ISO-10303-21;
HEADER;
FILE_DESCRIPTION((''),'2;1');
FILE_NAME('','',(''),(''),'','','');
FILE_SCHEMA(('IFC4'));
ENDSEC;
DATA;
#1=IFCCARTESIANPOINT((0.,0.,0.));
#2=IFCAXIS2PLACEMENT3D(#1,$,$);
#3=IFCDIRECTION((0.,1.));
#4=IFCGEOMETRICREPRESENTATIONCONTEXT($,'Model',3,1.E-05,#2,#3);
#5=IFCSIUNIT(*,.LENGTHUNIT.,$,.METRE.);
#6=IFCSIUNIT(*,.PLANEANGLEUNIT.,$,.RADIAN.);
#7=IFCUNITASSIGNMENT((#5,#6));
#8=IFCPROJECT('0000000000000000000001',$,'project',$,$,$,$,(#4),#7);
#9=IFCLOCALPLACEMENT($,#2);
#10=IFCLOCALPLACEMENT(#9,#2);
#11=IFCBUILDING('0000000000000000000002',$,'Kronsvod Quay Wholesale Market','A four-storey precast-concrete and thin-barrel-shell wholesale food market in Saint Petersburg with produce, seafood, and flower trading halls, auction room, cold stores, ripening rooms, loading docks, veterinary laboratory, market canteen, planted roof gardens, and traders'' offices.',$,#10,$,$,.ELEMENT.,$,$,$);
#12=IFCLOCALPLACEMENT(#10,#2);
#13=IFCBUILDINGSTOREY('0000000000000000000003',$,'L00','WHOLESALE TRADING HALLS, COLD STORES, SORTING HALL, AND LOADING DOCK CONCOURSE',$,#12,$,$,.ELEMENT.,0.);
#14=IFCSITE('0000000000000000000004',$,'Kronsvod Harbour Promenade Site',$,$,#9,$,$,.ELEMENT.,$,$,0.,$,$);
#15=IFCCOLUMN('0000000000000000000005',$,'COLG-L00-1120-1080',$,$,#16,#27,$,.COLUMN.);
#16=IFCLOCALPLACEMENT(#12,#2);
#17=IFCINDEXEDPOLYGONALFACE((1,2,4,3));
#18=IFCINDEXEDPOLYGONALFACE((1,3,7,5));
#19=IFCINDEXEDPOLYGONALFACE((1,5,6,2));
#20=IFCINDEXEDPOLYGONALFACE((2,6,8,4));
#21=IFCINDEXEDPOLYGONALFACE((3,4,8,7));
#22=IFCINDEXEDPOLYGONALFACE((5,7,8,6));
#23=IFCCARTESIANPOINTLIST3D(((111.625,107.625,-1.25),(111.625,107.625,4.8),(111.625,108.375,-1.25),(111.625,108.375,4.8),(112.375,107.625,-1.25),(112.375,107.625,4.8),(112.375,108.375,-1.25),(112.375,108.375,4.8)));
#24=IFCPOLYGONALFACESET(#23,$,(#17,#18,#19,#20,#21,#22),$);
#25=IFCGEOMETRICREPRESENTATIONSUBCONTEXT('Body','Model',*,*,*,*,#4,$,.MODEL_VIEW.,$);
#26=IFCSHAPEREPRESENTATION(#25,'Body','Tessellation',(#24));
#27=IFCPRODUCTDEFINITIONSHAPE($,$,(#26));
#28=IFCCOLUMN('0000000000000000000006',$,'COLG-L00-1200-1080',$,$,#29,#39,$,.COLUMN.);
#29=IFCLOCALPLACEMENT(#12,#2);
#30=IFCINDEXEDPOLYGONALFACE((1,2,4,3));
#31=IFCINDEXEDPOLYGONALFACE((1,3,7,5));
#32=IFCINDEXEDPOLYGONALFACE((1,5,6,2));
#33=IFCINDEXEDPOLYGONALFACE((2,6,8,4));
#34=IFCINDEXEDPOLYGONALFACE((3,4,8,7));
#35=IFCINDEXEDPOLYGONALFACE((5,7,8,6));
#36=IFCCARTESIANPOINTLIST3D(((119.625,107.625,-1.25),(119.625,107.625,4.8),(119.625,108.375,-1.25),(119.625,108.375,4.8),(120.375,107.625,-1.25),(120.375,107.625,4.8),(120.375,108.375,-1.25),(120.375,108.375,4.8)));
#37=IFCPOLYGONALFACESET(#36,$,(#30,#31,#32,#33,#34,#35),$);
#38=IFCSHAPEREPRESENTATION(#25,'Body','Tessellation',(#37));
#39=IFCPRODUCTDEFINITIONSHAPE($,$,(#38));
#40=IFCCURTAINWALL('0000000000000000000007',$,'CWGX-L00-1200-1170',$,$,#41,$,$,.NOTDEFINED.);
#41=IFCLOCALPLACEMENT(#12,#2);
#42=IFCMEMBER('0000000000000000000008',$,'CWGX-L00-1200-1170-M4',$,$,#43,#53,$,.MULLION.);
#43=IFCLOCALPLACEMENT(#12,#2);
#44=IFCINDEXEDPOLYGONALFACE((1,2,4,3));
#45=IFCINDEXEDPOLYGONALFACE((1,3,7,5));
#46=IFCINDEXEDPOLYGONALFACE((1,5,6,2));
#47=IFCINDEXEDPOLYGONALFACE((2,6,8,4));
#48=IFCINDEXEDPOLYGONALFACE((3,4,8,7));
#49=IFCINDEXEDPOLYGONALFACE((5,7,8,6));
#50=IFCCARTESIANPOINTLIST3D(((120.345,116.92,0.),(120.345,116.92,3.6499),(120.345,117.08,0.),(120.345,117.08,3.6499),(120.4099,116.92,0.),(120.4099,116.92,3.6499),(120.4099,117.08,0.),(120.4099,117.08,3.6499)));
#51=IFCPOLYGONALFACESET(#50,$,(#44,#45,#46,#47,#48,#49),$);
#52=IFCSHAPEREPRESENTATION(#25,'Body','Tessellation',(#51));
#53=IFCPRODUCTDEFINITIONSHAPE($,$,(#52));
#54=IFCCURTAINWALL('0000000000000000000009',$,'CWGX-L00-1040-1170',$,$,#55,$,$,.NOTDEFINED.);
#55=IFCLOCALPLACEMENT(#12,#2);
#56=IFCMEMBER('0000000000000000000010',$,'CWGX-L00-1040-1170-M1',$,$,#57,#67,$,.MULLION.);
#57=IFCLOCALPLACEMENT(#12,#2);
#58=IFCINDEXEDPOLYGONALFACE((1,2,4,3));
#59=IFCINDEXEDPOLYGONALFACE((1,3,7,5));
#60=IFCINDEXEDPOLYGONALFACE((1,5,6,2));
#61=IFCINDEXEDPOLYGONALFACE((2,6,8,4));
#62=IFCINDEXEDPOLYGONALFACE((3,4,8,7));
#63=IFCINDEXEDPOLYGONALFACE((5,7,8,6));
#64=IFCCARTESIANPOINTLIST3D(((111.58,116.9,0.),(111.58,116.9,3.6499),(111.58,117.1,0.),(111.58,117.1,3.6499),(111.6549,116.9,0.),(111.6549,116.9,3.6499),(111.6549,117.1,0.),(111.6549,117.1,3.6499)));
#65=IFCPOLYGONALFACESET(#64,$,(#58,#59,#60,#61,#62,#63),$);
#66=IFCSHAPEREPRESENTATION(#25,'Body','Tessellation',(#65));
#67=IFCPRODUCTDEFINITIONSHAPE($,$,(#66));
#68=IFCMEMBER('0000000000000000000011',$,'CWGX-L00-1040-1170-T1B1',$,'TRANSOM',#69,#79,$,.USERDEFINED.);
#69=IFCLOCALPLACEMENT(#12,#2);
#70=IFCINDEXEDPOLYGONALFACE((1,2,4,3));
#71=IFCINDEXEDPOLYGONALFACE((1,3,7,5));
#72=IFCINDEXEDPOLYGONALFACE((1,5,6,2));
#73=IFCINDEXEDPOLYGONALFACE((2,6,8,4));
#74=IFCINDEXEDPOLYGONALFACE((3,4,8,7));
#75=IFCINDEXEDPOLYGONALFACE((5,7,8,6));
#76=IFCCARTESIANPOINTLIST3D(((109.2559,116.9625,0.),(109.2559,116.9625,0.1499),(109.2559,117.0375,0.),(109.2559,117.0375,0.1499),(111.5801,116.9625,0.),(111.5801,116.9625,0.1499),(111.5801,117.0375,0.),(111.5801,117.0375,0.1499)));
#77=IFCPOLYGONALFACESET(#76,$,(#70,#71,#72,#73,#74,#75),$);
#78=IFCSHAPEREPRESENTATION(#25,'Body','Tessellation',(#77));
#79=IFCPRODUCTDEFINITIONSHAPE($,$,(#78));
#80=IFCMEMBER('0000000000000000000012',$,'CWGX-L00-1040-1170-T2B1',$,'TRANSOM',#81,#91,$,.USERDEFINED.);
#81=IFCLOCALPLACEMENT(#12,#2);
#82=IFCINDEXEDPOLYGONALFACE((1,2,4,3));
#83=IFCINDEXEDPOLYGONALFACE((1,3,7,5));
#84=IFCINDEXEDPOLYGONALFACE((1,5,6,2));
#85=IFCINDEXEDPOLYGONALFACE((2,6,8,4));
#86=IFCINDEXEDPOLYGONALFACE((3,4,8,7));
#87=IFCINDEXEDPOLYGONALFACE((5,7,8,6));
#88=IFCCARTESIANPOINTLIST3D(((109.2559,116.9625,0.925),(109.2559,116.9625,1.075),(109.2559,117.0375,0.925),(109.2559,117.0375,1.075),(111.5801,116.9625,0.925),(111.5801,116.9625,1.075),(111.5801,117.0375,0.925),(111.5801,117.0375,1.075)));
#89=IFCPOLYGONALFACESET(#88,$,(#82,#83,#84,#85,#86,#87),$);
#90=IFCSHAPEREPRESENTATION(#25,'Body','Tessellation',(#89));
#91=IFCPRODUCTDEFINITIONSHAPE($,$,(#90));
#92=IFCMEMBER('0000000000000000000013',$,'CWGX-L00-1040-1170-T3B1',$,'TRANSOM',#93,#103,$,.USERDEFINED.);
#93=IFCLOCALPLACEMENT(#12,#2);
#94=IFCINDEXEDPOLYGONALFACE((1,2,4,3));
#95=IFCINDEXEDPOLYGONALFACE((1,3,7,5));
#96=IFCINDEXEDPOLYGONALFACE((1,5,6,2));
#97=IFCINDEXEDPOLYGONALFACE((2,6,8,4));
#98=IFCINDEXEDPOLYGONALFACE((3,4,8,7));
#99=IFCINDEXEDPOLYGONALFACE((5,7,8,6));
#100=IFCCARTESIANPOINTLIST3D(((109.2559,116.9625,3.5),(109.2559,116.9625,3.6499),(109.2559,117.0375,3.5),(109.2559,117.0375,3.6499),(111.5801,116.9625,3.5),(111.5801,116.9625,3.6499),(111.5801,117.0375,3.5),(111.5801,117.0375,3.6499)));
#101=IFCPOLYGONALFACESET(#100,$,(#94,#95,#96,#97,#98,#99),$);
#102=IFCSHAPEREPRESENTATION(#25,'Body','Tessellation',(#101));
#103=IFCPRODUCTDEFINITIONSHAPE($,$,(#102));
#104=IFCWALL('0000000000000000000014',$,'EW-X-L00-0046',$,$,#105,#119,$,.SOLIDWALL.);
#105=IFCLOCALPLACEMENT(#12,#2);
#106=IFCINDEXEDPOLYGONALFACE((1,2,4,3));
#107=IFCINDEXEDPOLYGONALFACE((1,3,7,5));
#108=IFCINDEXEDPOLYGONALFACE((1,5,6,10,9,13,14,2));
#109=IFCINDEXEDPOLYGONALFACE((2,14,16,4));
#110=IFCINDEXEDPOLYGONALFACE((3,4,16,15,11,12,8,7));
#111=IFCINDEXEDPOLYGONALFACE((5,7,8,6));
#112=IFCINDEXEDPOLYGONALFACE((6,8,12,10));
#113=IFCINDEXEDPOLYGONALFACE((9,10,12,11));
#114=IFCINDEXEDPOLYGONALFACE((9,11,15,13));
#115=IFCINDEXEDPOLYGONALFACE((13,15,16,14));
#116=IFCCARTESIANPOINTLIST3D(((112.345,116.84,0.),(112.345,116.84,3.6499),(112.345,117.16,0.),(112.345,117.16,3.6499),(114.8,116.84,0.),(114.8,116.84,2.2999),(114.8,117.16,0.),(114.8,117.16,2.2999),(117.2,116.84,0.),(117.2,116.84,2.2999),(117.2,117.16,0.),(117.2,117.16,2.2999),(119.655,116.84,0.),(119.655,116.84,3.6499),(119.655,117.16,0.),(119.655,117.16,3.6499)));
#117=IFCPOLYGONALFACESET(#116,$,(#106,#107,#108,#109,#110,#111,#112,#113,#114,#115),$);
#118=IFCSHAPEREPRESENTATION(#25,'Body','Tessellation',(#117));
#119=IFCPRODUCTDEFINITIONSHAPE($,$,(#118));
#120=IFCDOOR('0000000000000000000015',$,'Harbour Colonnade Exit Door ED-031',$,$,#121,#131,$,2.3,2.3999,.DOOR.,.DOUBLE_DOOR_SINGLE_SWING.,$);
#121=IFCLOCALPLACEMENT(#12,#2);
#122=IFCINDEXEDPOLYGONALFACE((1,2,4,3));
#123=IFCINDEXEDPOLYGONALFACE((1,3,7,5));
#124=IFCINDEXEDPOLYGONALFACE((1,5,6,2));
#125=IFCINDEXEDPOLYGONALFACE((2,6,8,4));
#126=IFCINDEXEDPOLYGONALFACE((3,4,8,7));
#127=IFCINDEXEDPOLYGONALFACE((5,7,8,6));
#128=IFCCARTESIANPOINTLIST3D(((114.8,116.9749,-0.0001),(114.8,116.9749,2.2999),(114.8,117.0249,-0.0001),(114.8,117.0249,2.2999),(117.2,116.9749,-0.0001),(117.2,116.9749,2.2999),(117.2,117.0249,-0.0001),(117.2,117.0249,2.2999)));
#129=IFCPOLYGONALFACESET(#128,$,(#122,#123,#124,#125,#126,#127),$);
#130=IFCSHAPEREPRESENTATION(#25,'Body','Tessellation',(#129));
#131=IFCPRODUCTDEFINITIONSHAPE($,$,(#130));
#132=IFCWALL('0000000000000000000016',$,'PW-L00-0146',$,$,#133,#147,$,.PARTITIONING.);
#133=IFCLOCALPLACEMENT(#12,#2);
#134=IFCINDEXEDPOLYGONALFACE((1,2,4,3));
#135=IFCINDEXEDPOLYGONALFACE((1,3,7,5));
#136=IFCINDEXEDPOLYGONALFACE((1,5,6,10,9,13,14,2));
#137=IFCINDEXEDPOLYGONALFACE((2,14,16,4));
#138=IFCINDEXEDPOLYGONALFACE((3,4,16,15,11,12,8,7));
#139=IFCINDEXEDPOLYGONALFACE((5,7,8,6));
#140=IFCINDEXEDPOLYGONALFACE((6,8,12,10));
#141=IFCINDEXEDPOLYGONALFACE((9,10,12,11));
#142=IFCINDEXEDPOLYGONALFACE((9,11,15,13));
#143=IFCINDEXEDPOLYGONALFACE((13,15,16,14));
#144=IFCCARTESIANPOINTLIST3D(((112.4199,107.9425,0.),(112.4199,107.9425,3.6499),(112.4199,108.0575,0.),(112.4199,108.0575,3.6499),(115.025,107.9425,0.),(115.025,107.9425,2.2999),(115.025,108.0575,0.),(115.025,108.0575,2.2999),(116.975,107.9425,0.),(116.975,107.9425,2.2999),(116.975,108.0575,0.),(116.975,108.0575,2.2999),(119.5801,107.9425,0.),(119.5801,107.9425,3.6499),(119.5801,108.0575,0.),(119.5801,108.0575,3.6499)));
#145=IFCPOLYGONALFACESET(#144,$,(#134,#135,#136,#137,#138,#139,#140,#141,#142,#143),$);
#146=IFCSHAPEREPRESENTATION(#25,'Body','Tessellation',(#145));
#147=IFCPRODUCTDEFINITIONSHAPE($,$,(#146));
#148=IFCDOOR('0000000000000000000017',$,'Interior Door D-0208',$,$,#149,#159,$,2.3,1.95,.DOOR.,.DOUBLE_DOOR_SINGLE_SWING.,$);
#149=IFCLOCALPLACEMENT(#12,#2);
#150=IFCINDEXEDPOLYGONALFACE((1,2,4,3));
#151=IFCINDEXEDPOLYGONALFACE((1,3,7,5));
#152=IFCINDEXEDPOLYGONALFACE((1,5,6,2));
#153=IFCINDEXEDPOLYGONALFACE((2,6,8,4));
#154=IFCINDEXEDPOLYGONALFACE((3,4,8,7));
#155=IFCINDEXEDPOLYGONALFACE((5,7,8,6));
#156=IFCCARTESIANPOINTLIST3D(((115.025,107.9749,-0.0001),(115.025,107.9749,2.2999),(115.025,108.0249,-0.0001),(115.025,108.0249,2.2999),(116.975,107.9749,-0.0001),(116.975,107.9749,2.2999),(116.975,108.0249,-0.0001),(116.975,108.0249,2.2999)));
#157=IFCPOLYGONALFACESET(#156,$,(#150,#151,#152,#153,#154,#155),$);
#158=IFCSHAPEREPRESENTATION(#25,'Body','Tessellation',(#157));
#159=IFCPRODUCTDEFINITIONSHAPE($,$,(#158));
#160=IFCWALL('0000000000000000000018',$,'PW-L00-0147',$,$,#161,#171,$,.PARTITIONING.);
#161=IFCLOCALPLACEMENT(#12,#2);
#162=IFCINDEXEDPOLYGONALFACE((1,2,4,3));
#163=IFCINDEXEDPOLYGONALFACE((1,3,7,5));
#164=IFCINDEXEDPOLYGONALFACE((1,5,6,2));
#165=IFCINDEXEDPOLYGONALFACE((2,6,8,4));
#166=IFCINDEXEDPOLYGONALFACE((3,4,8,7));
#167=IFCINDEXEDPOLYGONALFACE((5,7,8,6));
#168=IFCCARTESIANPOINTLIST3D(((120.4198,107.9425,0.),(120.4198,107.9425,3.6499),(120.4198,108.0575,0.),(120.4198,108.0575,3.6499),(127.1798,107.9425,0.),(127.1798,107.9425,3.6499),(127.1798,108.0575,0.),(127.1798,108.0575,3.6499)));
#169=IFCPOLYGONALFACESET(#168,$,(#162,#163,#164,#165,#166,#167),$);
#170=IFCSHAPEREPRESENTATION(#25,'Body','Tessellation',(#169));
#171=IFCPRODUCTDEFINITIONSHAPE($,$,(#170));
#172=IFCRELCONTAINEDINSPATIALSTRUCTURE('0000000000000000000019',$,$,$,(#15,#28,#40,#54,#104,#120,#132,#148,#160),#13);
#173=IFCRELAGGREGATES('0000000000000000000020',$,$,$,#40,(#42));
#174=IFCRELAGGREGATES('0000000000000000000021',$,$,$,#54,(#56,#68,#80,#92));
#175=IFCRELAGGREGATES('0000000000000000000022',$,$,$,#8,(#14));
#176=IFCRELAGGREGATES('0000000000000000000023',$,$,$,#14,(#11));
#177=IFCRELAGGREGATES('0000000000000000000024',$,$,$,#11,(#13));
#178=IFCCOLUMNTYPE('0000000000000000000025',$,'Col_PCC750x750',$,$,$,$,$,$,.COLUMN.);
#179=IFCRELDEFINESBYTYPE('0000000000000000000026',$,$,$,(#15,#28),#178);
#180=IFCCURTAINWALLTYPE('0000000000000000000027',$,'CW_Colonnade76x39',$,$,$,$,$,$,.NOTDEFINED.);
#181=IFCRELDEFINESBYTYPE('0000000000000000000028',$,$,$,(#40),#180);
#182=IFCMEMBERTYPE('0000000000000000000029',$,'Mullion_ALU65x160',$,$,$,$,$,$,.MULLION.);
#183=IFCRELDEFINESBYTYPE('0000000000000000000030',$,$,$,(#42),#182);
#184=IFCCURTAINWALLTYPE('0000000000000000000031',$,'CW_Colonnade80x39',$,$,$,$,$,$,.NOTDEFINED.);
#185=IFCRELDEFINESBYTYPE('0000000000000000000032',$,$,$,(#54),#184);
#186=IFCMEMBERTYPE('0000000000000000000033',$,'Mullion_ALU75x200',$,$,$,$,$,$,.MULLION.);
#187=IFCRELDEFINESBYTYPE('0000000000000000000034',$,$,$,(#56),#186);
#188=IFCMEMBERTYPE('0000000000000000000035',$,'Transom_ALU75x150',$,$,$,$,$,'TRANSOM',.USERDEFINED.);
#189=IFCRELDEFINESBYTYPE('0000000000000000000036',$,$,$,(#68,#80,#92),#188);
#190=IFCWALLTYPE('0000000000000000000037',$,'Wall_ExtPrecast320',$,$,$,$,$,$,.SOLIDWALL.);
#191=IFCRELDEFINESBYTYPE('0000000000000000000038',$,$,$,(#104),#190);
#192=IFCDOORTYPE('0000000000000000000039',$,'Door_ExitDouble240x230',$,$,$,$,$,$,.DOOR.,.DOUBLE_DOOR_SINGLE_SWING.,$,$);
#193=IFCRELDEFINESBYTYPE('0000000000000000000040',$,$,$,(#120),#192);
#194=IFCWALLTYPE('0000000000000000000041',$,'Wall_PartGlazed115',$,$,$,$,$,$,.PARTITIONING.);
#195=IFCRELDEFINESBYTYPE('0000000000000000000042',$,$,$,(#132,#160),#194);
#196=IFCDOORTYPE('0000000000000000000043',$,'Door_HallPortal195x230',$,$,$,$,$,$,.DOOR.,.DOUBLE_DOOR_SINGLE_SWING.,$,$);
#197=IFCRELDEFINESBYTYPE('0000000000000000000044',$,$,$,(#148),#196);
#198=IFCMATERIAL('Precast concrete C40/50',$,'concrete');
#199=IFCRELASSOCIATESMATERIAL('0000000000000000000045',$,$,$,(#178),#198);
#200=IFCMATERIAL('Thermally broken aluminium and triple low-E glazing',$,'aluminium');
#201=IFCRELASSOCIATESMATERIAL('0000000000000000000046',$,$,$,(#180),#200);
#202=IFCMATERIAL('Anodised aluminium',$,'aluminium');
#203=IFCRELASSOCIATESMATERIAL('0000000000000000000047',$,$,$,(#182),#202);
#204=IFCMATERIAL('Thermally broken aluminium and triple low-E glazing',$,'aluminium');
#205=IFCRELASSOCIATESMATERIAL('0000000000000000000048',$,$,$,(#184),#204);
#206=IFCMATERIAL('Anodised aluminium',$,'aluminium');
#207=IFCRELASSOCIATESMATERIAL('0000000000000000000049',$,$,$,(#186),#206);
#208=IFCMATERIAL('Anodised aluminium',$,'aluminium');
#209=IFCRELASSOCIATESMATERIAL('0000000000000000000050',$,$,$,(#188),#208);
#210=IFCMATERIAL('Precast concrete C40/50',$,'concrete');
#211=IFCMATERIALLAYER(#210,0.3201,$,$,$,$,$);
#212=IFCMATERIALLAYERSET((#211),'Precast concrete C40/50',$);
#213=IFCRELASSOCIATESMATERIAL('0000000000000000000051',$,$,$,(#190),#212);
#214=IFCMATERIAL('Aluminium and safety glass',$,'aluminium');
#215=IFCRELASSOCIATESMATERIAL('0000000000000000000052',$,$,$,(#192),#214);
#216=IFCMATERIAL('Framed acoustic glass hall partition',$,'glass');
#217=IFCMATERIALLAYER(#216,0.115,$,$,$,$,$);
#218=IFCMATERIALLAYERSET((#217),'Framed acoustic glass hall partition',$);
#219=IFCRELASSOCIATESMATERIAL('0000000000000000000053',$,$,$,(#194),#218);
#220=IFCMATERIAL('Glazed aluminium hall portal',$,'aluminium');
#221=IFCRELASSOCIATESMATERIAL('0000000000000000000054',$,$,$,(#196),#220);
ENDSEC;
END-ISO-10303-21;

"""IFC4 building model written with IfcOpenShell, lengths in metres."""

from ifc_helpers import new_model, si_unit, direction, frame, frame_2d, origin, origin_2d, place, context, subcontext, project, spatial, rectangle, extrude, material, layer, layer_set, material_profile, profile_set, type_object, element, fill, aggregate, save


model = new_model("IFC4")

# Units and contexts
model_context = context("Model", 3, precision=1e-05, world=origin(), true_north=direction((0.0, 1.0)))
body_context = subcontext(model_context, "Body", "Model", "MODEL_VIEW")
ifc_project = project(units=[si_unit("LENGTHUNIT", "METRE"), si_unit("PLANEANGLEUNIT", "RADIAN")], contexts=[model_context])

# Site, building, storey
site_placement = place(None, origin())
site = spatial("IfcSite", under=ifc_project, at=site_placement, Name="Kronsvod Harbour Promenade Site", CompositionType="ELEMENT", RefElevation=0.0)
building_placement = place(site_placement, origin())
building = spatial("IfcBuilding", under=site, at=building_placement, Name="Kronsvod Quay Wholesale Market", Description="A four-storey precast-concrete and thin-barrel-shell wholesale food market in Saint Petersburg with produce, seafood, and flower trading halls, auction room, cold stores, ripening rooms, loading docks, veterinary laboratory, market canteen, planted roof gardens, and traders' offices.", CompositionType="ELEMENT")
storey_placement = place(building_placement, origin())
storey = spatial("IfcBuildingStorey", under=building, at=storey_placement, Name="L00", Description="WHOLESALE TRADING HALLS, COLD STORES, SORTING HALL, AND LOADING DOCK CONCOURSE", CompositionType="ELEMENT", Elevation=0.0)

# Columns
ifc_material_1 = material(Name="Precast concrete C40/50", Category="concrete")
ifc_material_profile_1 = material_profile(ifc_material_1, rectangle(XDim=0.75, YDim=0.75, at=origin_2d()), Name="COL-07")
ifc_profile_set_1 = profile_set([ifc_material_profile_1], Name="Precast concrete C40/50")
column_type_1 = type_object("IfcColumnType", Name="Col_PCC750x750", PredefinedType="COLUMN", material=ifc_profile_set_1)
for number, where, z_axis, x_axis, name in (
    (1, (112.0, 108.0, -1.25), (0.0, 0.0, 1.0), (1.0, 0.0, 0.0), "COLG-L00-1120-1080"),
    (2, (120.0, 108.0, -1.25), (0.0, 0.0, 1.0), (1.0, 0.0, 0.0), "COLG-L00-1200-1080"),
):
    element("IfcColumn", number, at=place(storey_placement, frame(where, z_axis=z_axis, x_axis=x_axis)), inside=storey, type_object=column_type_1, Name=name, PredefinedType="COLUMN", context=body_context, shape_type="SweptSolid", body=[
        extrude(rectangle(XDim=0.75, YDim=0.75, at=origin_2d()), origin(), (0.0, 0.0, 1.0), 6.05),
    ])

# Curtain wall, member
ifc_material_2 = material(Name="Thermally broken aluminium and triple low-E glazing", Category="aluminium")
curtain_wall_type_1 = type_object("IfcCurtainWallType", Name="CW_Colonnade76x39", PredefinedType="NOTDEFINED", material=ifc_material_2)
curtain_wall_1_placement = place(storey_placement, origin())
curtain_wall_1 = element("IfcCurtainWall", 3, at=curtain_wall_1_placement, inside=storey, type_object=curtain_wall_type_1, Name="CWGX-L00-1200-1170", PredefinedType="NOTDEFINED")
ifc_material_3 = material(Name="Anodised aluminium", Category="aluminium")
ifc_material_profile_2 = material_profile(ifc_material_3, rectangle(XDim=0.0649, YDim=0.1599, at=origin_2d()), Name="ALUM65x160")
ifc_profile_set_2 = profile_set([ifc_material_profile_2], Name="Anodised aluminium")
member_type_1 = type_object("IfcMemberType", Name="Mullion_ALU65x160", PredefinedType="MULLION", material=ifc_profile_set_2)
member_1_placement = place(storey_placement, frame((120.3774, 117.0, 0.0), z_axis=(0.0, 0.0, 1.0), x_axis=(1.0, 0.0, 0.0)))
member_1 = element("IfcMember", 4, at=member_1_placement, type_object=member_type_1, Name="CWGX-L00-1200-1170-M4", PredefinedType="MULLION", context=body_context, shape_type="SweptSolid", body=[
    extrude(rectangle(XDim=0.0649, YDim=0.1599, at=origin_2d()), origin(), (0.0, 0.0, 1.0), 3.6499),
])
aggregate(curtain_wall_1, [member_1])

# Curtain wall, members
ifc_material_4 = material(Name="Thermally broken aluminium and triple low-E glazing", Category="aluminium")
curtain_wall_type_2 = type_object("IfcCurtainWallType", Name="CW_Colonnade80x39", PredefinedType="NOTDEFINED", material=ifc_material_4)
curtain_wall_2_placement = place(storey_placement, origin())
curtain_wall_2 = element("IfcCurtainWall", 5, at=curtain_wall_2_placement, inside=storey, type_object=curtain_wall_type_2, Name="CWGX-L00-1040-1170", PredefinedType="NOTDEFINED")
ifc_material_5 = material(Name="Anodised aluminium", Category="aluminium")
ifc_material_profile_3 = material_profile(ifc_material_5, rectangle(XDim=0.075, YDim=0.2, at=origin_2d()), Name="ALUM75x200")
ifc_profile_set_3 = profile_set([ifc_material_profile_3], Name="Anodised aluminium")
member_type_2 = type_object("IfcMemberType", Name="Mullion_ALU75x200", PredefinedType="MULLION", material=ifc_profile_set_3)
member_2_placement = place(storey_placement, frame((111.6174, 117.0, 0.0), z_axis=(0.0, 0.0, 1.0), x_axis=(1.0, 0.0, 0.0)))
member_2 = element("IfcMember", 6, at=member_2_placement, type_object=member_type_2, Name="CWGX-L00-1040-1170-M1", PredefinedType="MULLION", context=body_context, shape_type="SweptSolid", body=[
    extrude(rectangle(XDim=0.075, YDim=0.2, at=origin_2d()), origin(), (0.0, 0.0, 1.0), 3.6499),
])
ifc_material_6 = material(Name="Anodised aluminium", Category="aluminium")
ifc_material_profile_4 = material_profile(ifc_material_6, rectangle(XDim=0.075, YDim=0.1499, at=origin_2d()), Name="ALUT75x150")
ifc_profile_set_4 = profile_set([ifc_material_profile_4], Name="Anodised aluminium")
member_type_3 = type_object("IfcMemberType", Name="Transom_ALU75x150", ElementType="TRANSOM", PredefinedType="USERDEFINED", material=ifc_profile_set_4)
member_3_placement = place(storey_placement, frame((111.5801, 117.0, 0.075), z_axis=(-1.0, 0.0, 0.0), x_axis=(0.0, -1.0, 0.0)))
member_3 = element("IfcMember", 7, at=member_3_placement, type_object=member_type_3, Name="CWGX-L00-1040-1170-T1B1", ObjectType="TRANSOM", PredefinedType="USERDEFINED", context=body_context, shape_type="SweptSolid", body=[
    extrude(rectangle(XDim=0.075, YDim=0.1499, at=origin_2d()), origin(), (0.0, 0.0, 1.0), 2.3242),
])
member_4_placement = place(storey_placement, frame((111.5801, 117.0, 1.0), z_axis=(-1.0, 0.0, 0.0), x_axis=(0.0, -1.0, 0.0)))
member_4 = element("IfcMember", 8, at=member_4_placement, type_object=member_type_3, Name="CWGX-L00-1040-1170-T2B1", ObjectType="TRANSOM", PredefinedType="USERDEFINED", context=body_context, shape_type="SweptSolid", body=[
    extrude(rectangle(XDim=0.075, YDim=0.1499, at=origin_2d()), origin(), (0.0, 0.0, 1.0), 2.3242),
])
member_5_placement = place(storey_placement, frame((111.5801, 117.0, 3.575), z_axis=(-1.0, 0.0, 0.0), x_axis=(0.0, -1.0, 0.0)))
member_5 = element("IfcMember", 9, at=member_5_placement, type_object=member_type_3, Name="CWGX-L00-1040-1170-T3B1", ObjectType="TRANSOM", PredefinedType="USERDEFINED", context=body_context, shape_type="SweptSolid", body=[
    extrude(rectangle(XDim=0.075, YDim=0.1499, at=origin_2d()), origin(), (0.0, 0.0, 1.0), 2.3242),
])
aggregate(curtain_wall_2, [member_2, member_3, member_4, member_5])

# Walls, openings, doors
ifc_material_7 = material(Name="Precast concrete C40/50", Category="concrete")
ifc_layer_1 = layer(ifc_material_7, 0.3201)
ifc_layer_set_1 = layer_set([ifc_layer_1], Name="Precast concrete C40/50")
wall_type_1 = type_object("IfcWallType", Name="Wall_ExtPrecast320", PredefinedType="SOLIDWALL", material=ifc_layer_set_1)
wall_1_placement = place(storey_placement, frame((119.655, 117.0, 0.0), z_axis=(0.0, 0.0, 1.0), x_axis=(-1.0, 0.0, 0.0)))
wall_1 = element("IfcWall", 10, at=wall_1_placement, inside=storey, type_object=wall_type_1, Name="EW-X-L00-0046", PredefinedType="SOLIDWALL", context=body_context, shape_type="SweptSolid", body=[
    extrude(rectangle(XDim=7.3101, YDim=0.3201, at=frame_2d((3.655, 0.0))), origin(), (0.0, 0.0, 1.0), 3.6499),
])
opening_1_placement = place(wall_1_placement, frame((2.4551, 0.0, 0.0)))
opening_1 = element("IfcOpeningElement", 11, at=opening_1_placement, cuts=wall_1, PredefinedType="OPENING", context=body_context, shape_type="SweptSolid", body=[
    extrude(rectangle(XDim=2.3999, YDim=2.3, at=frame_2d((1.2, 1.1499))), frame((0.0, 0.1699, 0.0), z_axis=(0.0, -1.0, 0.0), x_axis=(1.0, 0.0, 0.0)), (0.0, 0.0, 1.0), 0.3401),
])
ifc_material_8 = material(Name="Aluminium and safety glass", Category="aluminium")
door_type_1 = type_object("IfcDoorType", Name="Door_ExitDouble240x230", OperationType="DOUBLE_DOOR_SINGLE_SWING", PredefinedType="DOOR", material=ifc_material_8)
door_1_placement = place(opening_1_placement, frame((2.3999, 0.0, 0.0), z_axis=(0.0, 0.0, 1.0), x_axis=(-1.0, 0.0, 0.0)))
door_1 = element("IfcDoor", 12, at=door_1_placement, inside=storey, type_object=door_type_1, Name="Harbour Colonnade Exit Door ED-031", OperationType="DOUBLE_DOOR_SINGLE_SWING", OverallHeight=2.3, OverallWidth=2.3999, PredefinedType="DOOR", context=body_context, shape_type="SweptSolid", body=[
    extrude(rectangle(XDim=2.3999, YDim=2.3, at=frame_2d((1.2, 1.1499))), frame((0.0, 0.0249, 0.0), z_axis=(0.0, -1.0, 0.0), x_axis=(1.0, 0.0, 0.0)), (0.0, 0.0, 1.0), 0.05),
])
fill(opening_1, door_1)
ifc_material_9 = material(Name="Framed acoustic glass hall partition", Category="glass")
ifc_layer_2 = layer(ifc_material_9, 0.115)
ifc_layer_set_2 = layer_set([ifc_layer_2], Name="Framed acoustic glass hall partition")
wall_type_2 = type_object("IfcWallType", Name="Wall_PartGlazed115", PredefinedType="PARTITIONING", material=ifc_layer_set_2)
wall_2_placement = place(storey_placement, frame((112.4199, 108.0, 0.0), z_axis=(0.0, 0.0, 1.0), x_axis=(1.0, 0.0, 0.0)))
wall_2 = element("IfcWall", 13, at=wall_2_placement, inside=storey, type_object=wall_type_2, Name="PW-L00-0146", PredefinedType="PARTITIONING", context=body_context, shape_type="SweptSolid", body=[
    extrude(rectangle(XDim=7.1602, YDim=0.115, at=frame_2d((3.5801, 0.0))), origin(), (0.0, 0.0, 1.0), 3.6499),
])
opening_2_placement = place(wall_2_placement, frame((2.605, 0.0, 0.0)))
opening_2 = element("IfcOpeningElement", 14, at=opening_2_placement, cuts=wall_2, PredefinedType="OPENING", context=body_context, shape_type="SweptSolid", body=[
    extrude(rectangle(XDim=1.95, YDim=2.3, at=frame_2d((0.9751, 1.1499))), frame((0.0, 0.0674, 0.0), z_axis=(0.0, -1.0, 0.0), x_axis=(1.0, 0.0, 0.0)), (0.0, 0.0, 1.0), 0.135),
])
ifc_material_10 = material(Name="Glazed aluminium hall portal", Category="aluminium")
door_type_2 = type_object("IfcDoorType", Name="Door_HallPortal195x230", OperationType="DOUBLE_DOOR_SINGLE_SWING", PredefinedType="DOOR", material=ifc_material_10)
door_2_placement = place(opening_2_placement, origin())
door_2 = element("IfcDoor", 15, at=door_2_placement, inside=storey, type_object=door_type_2, Name="Interior Door D-0208", OperationType="DOUBLE_DOOR_SINGLE_SWING", OverallHeight=2.3, OverallWidth=1.95, PredefinedType="DOOR", context=body_context, shape_type="SweptSolid", body=[
    extrude(rectangle(XDim=1.95, YDim=2.3, at=frame_2d((0.9751, 1.1499))), frame((0.0, 0.0249, 0.0), z_axis=(0.0, -1.0, 0.0), x_axis=(1.0, 0.0, 0.0)), (0.0, 0.0, 1.0), 0.05),
])
fill(opening_2, door_2)

# Wall
wall_3_placement = place(storey_placement, frame((120.4199, 108.0, 0.0), z_axis=(0.0, 0.0, 1.0), x_axis=(1.0, 0.0, 0.0)))
element("IfcWall", 16, at=wall_3_placement, inside=storey, type_object=wall_type_2, Name="PW-L00-0147", PredefinedType="PARTITIONING", context=body_context, shape_type="SweptSolid", body=[
    extrude(rectangle(XDim=6.76, YDim=0.115, at=frame_2d((3.3799, 0.0))), origin(), (0.0, 0.0, 1.0), 3.6499),
])

save(model, "model.ifc")
